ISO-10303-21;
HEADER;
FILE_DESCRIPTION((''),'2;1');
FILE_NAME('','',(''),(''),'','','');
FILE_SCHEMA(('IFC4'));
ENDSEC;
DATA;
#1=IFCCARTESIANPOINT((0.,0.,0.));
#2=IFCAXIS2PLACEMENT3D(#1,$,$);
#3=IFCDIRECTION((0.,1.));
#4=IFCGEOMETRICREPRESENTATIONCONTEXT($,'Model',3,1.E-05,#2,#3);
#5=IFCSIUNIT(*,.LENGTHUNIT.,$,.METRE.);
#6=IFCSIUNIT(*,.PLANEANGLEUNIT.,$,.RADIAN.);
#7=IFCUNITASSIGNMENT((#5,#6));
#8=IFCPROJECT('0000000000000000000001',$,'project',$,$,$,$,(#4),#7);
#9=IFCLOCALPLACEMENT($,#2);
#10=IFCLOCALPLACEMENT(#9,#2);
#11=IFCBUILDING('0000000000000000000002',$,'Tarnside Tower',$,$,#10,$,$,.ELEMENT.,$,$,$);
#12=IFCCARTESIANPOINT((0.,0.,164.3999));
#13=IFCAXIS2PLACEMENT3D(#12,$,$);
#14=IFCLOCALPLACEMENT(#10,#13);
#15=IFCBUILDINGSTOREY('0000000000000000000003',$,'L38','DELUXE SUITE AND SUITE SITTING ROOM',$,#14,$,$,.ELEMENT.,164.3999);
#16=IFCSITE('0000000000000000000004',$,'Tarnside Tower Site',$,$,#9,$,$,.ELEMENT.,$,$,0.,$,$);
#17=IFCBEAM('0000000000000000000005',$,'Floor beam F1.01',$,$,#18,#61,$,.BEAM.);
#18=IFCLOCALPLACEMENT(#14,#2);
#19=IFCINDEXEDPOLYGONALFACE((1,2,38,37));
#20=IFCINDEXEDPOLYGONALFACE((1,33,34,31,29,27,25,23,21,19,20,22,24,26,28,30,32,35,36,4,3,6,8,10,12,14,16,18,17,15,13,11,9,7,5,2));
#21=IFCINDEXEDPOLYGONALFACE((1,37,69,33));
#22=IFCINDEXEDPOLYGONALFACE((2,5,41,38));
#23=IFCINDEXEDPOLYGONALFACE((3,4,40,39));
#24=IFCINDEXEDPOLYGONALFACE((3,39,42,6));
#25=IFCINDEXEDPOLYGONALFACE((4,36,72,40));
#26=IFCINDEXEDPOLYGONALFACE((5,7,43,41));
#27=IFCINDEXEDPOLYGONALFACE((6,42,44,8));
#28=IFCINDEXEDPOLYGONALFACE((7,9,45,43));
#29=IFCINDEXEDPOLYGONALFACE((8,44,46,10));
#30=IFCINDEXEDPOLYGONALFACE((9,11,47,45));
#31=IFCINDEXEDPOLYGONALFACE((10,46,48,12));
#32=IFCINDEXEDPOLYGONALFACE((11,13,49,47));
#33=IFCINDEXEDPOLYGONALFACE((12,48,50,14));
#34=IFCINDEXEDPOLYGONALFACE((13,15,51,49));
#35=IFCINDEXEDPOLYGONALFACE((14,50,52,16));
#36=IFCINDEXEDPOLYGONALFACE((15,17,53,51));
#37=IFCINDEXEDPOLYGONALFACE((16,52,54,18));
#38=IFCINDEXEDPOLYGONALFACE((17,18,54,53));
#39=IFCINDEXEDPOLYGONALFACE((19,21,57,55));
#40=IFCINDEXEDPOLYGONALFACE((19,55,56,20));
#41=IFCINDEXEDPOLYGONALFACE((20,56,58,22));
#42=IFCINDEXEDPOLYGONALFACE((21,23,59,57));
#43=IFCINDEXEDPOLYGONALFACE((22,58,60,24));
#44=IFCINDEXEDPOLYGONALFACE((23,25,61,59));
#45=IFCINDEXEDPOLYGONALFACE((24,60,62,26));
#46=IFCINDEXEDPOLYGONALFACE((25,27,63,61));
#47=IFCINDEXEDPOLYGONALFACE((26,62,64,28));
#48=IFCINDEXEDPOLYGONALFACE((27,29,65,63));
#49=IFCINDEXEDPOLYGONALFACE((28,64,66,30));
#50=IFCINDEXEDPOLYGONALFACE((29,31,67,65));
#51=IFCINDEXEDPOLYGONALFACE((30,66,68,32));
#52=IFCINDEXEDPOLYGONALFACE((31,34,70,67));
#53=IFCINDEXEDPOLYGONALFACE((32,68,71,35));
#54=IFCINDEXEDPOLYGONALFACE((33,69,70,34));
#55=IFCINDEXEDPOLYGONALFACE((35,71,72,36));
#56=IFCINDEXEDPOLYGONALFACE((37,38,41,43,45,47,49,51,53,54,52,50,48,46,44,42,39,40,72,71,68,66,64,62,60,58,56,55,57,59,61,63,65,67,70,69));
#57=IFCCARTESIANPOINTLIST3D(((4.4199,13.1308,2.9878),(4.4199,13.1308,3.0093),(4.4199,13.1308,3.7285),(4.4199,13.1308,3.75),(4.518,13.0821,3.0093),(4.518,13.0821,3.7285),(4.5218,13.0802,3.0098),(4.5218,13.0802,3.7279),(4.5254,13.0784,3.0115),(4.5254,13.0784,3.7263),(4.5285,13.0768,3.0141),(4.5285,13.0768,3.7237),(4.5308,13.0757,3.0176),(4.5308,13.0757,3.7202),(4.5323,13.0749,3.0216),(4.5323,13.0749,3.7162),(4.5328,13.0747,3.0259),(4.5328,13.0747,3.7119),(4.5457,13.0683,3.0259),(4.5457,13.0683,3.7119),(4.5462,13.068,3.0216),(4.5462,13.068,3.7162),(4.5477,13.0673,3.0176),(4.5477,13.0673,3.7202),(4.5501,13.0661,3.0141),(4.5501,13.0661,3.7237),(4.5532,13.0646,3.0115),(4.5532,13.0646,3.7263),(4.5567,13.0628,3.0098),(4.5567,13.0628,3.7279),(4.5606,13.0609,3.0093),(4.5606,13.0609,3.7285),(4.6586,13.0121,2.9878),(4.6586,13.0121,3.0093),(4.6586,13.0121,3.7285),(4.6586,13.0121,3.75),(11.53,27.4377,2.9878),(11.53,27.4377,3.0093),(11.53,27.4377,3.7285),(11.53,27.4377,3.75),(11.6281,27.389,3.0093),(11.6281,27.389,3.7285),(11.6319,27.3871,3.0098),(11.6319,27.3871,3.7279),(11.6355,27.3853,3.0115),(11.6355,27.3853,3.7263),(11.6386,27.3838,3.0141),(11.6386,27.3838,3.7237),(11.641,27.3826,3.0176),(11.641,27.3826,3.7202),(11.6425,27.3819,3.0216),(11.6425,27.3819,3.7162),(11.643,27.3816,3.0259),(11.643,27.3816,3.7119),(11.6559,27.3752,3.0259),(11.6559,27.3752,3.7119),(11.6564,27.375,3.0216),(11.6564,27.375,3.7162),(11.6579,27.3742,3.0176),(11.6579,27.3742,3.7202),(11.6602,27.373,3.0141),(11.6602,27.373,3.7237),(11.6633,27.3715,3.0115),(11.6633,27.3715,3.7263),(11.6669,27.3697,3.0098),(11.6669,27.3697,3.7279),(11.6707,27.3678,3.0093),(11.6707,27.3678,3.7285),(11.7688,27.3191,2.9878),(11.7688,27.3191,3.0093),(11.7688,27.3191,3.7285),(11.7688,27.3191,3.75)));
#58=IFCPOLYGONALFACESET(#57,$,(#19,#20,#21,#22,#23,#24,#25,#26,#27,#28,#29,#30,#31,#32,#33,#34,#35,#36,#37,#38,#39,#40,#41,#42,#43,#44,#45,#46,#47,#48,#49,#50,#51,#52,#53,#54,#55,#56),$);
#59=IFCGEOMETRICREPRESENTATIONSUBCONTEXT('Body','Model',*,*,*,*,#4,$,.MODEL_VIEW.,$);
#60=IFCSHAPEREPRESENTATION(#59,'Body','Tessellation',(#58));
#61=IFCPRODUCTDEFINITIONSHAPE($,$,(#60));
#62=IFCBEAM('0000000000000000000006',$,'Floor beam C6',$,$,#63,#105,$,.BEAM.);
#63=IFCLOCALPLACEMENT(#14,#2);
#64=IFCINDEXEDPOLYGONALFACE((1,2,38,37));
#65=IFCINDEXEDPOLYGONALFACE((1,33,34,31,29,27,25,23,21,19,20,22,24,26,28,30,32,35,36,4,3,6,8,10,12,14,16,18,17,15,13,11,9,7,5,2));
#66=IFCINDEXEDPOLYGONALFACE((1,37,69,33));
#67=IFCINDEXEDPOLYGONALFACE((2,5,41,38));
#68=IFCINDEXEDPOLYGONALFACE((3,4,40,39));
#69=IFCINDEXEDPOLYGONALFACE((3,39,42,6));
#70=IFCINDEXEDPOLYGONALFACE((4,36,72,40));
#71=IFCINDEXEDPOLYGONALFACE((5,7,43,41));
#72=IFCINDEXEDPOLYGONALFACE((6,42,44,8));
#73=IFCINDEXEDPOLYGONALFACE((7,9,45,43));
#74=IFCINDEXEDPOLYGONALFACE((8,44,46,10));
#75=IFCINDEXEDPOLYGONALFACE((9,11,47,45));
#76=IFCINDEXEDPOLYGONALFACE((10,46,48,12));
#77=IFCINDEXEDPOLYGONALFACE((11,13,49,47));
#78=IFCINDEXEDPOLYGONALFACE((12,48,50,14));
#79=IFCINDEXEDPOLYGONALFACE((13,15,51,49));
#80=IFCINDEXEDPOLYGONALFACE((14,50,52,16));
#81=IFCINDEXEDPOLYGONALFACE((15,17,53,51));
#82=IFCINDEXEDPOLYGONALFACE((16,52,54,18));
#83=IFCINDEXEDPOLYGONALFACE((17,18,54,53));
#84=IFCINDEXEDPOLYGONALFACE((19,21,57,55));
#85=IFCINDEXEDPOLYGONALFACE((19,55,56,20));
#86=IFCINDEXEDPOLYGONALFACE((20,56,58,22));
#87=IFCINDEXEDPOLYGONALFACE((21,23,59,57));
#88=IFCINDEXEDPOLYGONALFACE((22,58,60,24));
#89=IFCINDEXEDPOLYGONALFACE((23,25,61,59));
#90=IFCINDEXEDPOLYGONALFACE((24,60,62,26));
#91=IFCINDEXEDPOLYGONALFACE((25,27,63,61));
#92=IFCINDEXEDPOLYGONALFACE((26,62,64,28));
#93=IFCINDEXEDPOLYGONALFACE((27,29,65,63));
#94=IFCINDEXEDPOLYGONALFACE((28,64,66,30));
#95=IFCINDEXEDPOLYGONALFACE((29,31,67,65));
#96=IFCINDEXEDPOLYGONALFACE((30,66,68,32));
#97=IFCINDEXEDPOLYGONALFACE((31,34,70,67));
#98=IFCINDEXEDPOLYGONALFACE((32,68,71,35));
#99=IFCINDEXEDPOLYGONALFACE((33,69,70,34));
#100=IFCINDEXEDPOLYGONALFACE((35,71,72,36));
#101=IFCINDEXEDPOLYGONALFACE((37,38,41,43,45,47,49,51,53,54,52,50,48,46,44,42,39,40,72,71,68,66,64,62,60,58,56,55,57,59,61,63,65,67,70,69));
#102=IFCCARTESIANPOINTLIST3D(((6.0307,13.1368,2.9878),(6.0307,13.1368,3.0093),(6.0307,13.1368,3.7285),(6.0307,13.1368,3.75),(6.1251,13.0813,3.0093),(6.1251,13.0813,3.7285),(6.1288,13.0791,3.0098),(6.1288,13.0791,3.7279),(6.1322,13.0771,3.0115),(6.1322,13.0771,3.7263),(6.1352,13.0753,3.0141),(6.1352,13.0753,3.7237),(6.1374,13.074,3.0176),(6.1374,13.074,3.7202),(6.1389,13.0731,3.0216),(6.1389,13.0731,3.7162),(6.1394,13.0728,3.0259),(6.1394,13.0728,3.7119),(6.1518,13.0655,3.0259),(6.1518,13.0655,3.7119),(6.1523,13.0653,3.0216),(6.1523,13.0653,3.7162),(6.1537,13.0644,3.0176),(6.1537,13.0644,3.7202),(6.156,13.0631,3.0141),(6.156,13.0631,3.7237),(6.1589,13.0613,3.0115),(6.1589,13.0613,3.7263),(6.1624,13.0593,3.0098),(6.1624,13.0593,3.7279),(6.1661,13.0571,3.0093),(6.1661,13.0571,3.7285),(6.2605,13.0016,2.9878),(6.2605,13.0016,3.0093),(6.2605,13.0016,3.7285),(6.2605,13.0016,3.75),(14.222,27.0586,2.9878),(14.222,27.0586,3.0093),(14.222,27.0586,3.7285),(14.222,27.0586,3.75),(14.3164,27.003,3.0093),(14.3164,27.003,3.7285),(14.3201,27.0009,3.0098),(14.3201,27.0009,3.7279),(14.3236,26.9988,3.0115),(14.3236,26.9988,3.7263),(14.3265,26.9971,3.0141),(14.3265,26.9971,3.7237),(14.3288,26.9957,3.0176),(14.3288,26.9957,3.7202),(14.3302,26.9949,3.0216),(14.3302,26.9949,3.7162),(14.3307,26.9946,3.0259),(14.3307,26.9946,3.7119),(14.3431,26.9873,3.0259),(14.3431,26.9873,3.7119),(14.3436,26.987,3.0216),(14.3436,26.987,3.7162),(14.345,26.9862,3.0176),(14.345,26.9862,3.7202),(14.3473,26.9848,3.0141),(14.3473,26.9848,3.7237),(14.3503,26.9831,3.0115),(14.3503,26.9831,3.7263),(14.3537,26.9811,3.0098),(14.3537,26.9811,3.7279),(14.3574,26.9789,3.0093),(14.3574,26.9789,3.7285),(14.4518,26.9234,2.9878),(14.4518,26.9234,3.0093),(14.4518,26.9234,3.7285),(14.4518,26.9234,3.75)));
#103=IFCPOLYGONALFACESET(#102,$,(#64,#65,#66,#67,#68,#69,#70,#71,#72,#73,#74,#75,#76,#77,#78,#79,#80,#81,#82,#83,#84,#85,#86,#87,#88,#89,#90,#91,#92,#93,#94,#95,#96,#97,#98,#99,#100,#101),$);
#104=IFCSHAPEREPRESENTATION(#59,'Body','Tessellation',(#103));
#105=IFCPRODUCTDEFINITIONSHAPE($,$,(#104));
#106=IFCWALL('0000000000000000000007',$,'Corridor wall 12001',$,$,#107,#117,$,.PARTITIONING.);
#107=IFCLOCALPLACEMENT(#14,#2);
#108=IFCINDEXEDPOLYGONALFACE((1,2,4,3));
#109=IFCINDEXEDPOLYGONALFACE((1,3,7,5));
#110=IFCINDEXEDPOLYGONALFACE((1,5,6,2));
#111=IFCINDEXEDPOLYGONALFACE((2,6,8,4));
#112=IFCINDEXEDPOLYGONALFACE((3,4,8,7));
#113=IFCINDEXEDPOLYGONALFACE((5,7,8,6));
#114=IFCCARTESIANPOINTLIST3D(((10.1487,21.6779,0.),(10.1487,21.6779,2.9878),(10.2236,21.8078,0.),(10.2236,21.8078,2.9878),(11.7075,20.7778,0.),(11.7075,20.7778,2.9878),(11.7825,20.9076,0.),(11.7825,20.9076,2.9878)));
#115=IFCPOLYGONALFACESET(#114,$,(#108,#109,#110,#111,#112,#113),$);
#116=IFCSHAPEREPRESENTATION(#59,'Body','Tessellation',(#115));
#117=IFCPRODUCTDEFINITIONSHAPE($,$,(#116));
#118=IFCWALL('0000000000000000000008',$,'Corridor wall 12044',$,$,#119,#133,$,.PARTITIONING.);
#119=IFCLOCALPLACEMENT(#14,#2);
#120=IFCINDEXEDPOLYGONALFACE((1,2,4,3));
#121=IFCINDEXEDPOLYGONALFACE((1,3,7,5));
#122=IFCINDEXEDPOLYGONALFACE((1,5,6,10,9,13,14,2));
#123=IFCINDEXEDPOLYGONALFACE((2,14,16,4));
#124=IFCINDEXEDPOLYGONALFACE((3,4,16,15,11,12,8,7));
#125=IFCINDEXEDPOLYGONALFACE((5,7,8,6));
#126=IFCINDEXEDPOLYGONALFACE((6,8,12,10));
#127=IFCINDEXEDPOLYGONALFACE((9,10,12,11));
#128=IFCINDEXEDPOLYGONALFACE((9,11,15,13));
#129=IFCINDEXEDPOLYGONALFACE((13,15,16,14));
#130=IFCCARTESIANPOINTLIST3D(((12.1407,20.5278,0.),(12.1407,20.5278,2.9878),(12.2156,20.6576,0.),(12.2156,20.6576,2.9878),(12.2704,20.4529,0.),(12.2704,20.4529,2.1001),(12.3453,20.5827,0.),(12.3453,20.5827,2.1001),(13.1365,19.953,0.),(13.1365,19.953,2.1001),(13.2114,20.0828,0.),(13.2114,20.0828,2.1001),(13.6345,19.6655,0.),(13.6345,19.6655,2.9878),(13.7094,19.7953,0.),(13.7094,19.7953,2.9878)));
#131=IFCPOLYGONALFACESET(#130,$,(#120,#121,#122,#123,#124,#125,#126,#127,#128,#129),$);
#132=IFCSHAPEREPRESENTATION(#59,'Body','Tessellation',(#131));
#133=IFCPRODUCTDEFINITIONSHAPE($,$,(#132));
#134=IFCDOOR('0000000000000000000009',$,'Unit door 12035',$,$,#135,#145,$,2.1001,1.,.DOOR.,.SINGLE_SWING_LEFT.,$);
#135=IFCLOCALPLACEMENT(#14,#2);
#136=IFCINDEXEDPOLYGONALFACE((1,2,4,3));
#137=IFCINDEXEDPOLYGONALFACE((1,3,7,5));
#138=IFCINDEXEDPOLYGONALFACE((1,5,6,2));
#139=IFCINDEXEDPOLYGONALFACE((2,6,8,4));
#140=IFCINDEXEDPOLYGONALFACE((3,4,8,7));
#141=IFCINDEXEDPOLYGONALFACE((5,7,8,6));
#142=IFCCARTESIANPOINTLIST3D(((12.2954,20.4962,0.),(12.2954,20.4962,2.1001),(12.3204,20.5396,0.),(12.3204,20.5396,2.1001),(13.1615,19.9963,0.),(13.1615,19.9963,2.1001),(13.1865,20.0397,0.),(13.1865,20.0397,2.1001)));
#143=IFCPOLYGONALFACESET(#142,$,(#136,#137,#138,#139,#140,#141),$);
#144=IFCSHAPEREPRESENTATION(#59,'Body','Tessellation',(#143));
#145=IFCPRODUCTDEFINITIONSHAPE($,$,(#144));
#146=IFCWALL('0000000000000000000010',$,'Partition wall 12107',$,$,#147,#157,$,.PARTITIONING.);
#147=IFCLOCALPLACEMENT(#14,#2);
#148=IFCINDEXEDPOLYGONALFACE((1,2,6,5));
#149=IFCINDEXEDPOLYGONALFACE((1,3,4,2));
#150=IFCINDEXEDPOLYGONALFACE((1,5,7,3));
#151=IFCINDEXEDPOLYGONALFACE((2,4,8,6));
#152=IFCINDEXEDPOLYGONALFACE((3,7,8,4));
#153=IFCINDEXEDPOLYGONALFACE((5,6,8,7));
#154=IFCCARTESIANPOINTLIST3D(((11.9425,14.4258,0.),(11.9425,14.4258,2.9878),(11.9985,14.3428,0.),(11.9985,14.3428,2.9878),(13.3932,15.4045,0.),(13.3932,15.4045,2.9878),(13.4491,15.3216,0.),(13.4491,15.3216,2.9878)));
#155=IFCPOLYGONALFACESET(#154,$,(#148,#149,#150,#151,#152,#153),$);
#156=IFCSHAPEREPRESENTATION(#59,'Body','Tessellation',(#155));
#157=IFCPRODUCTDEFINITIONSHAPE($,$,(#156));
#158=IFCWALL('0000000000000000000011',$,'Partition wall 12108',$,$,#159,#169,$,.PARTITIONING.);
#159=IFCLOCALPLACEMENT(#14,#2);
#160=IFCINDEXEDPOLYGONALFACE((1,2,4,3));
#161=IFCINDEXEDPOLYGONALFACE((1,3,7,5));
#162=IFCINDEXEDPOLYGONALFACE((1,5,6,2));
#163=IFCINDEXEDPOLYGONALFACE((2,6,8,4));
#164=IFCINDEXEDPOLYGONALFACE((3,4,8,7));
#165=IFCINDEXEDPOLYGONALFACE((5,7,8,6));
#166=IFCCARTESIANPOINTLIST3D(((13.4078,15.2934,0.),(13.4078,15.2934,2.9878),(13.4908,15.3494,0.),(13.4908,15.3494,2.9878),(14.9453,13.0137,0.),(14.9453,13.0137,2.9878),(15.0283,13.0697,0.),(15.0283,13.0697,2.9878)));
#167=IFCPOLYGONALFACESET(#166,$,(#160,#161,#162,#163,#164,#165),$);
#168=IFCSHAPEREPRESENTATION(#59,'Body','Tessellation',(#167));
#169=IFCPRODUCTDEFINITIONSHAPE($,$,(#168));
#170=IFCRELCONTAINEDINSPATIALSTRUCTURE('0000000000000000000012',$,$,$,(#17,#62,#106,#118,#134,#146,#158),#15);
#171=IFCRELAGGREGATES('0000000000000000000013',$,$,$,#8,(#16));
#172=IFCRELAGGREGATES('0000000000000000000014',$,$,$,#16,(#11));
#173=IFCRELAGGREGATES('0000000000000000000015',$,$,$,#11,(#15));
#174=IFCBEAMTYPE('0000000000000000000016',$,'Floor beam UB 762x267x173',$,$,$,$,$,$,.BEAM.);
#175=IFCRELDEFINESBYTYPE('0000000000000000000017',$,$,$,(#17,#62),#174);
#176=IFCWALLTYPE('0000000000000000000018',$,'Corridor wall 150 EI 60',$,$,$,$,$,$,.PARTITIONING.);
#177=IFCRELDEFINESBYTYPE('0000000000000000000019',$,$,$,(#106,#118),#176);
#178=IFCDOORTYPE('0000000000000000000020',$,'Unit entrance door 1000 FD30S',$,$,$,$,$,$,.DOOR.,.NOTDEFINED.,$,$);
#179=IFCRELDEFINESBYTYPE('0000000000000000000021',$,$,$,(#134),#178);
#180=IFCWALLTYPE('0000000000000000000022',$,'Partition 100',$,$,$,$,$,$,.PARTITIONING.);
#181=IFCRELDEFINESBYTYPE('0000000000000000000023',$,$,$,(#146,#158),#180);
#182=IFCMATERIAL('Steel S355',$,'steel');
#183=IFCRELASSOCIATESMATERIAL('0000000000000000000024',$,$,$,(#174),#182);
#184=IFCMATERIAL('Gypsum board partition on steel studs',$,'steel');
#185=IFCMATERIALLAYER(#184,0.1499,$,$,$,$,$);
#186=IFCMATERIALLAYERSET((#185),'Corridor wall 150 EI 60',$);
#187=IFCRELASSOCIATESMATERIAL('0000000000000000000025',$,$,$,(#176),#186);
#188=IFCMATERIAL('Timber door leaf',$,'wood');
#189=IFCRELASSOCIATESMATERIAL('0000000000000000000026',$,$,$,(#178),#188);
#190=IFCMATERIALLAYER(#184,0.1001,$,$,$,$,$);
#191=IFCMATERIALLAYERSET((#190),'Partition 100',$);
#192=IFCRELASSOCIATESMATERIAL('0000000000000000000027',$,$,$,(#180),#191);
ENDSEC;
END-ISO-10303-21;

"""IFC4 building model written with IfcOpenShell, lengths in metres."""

from ifc_helpers import new_model, si_unit, direction, frame, frame_2d, origin, origin_2d, place, context, subcontext, project, spatial, rectangle, i_section, extrude, material, layer, layer_set, material_profile, profile_set, type_object, element, fill, save


model = new_model("IFC4")

# Units and contexts
model_context = context("Model", 3, precision=1e-05, world=origin(), true_north=direction((0.0, 1.0)))
body_context = subcontext(model_context, "Body", "Model", "MODEL_VIEW")
ifc_project = project(units=[si_unit("LENGTHUNIT", "METRE"), si_unit("PLANEANGLEUNIT", "RADIAN")], contexts=[model_context])

# Site, building, storey
site_placement = place(None, origin())
site = spatial("IfcSite", under=ifc_project, at=site_placement, Name="Tarnside Tower Site", CompositionType="ELEMENT", RefElevation=0.0)
building_placement = place(site_placement, origin())
building = spatial("IfcBuilding", under=site, at=building_placement, Name="Tarnside Tower", CompositionType="ELEMENT")
storey_placement = place(building_placement, frame((0.0, 0.0, 164.3999)))
storey = spatial("IfcBuildingStorey", under=building, at=storey_placement, Name="L38", Description="DELUXE SUITE AND SUITE SITTING ROOM", CompositionType="ELEMENT", Elevation=164.3999)

# Beams
ifc_material_1 = material(Name="Steel S355", Category="steel")
ifc_material_profile = material_profile(ifc_material_1, i_section(OverallWidth=0.2666, OverallDepth=0.7622, WebThickness=0.0144, FlangeThickness=0.0215, FilletRadius=0.0166, at=origin_2d()), Name="UB 762x267x173")
ifc_profile_set = profile_set([ifc_material_profile], Name="Steel S355")
beam_type = type_object("IfcBeamType", Name="Floor beam UB 762x267x173", PredefinedType="BEAM", material=ifc_profile_set)
beam_1_placement = place(storey_placement, frame((11.6494, 27.3784, 3.3689), z_axis=(-0.445042, -0.89551, 0.0), x_axis=(0.89551, -0.445042, 0.0)))
element("IfcBeam", 1, at=beam_1_placement, inside=storey, type_object=beam_type, Name="Floor beam F1.01", PredefinedType="BEAM", context=body_context, shape_type="SweptSolid", body=[
    extrude(i_section(OverallWidth=0.2666, OverallDepth=0.7622, WebThickness=0.0144, FlangeThickness=0.0215, FilletRadius=0.0166, at=origin_2d()), origin(), (0.0, 0.0, 1.0), 15.9763),
])
beam_2_placement = place(storey_placement, frame((14.3369, 26.991, 3.3689), z_axis=(-0.507115, -0.861878, 0.0), x_axis=(0.861878, -0.507115, 0.0)))
element("IfcBeam", 2, at=beam_2_placement, inside=storey, type_object=beam_type, Name="Floor beam C6", PredefinedType="BEAM", context=body_context, shape_type="SweptSolid", body=[
    extrude(i_section(OverallWidth=0.2666, OverallDepth=0.7622, WebThickness=0.0144, FlangeThickness=0.0215, FilletRadius=0.0166, at=origin_2d()), origin(), (0.0, 0.0, 1.0), 16.1528),
])

# Wall
ifc_material_2 = material(Name="Gypsum board partition on steel studs", Category="steel")
ifc_layer_1 = layer(ifc_material_2, 0.1499)
ifc_layer_set_1 = layer_set([ifc_layer_1], Name="Corridor wall 150 EI 60")
wall_type_1 = type_object("IfcWallType", Name="Corridor wall 150 EI 60", PredefinedType="PARTITIONING", material=ifc_layer_set_1)
wall_1_placement = place(storey_placement, frame((11.7449, 20.8428, 0.0), z_axis=(0.0, 0.0, 1.0), x_axis=(-0.865989, 0.500063, 0.0)))
element("IfcWall", 3, at=wall_1_placement, inside=storey, type_object=wall_type_1, Name="Corridor wall 12001", PredefinedType="PARTITIONING", context=body_context, shape_type="SweptSolid", body=[
    extrude(rectangle(XDim=1.8, YDim=0.1499, at=frame_2d((0.8999, 0.0))), origin(), (0.0, 0.0, 1.0), 2.9878),
])

# Wall, opening, door
wall_2_placement = place(storey_placement, frame((13.6719, 19.7305, 0.0), z_axis=(0.0, 0.0, 1.0), x_axis=(-0.866075, 0.499914, 0.0)))
wall_2 = element("IfcWall", 4, at=wall_2_placement, inside=storey, type_object=wall_type_1, Name="Corridor wall 12044", PredefinedType="PARTITIONING", context=body_context, shape_type="SweptSolid", body=[
    extrude(rectangle(XDim=1.7249, YDim=0.1499, at=frame_2d((0.8623, 0.0))), origin(), (0.0, 0.0, 1.0), 2.9878),
])
opening_1_placement = place(wall_2_placement, frame((0.575, 0.0, 0.0)))
opening_1 = element("IfcOpeningElement", 5, at=opening_1_placement, cuts=wall_2, PredefinedType="OPENING", context=body_context, shape_type="SweptSolid", body=[
    extrude(rectangle(XDim=1.0, YDim=2.1001, at=frame_2d((0.5, 1.05))), frame((0.0, 0.085, 0.0), z_axis=(0.0, -1.0, 0.0), x_axis=(1.0, 0.0, 0.0)), (0.0, 0.0, 1.0), 0.1699),
])
ifc_material_3 = material(Name="Timber door leaf", Category="wood")
door_type = type_object("IfcDoorType", Name="Unit entrance door 1000 FD30S", OperationType="NOTDEFINED", PredefinedType="DOOR", material=ifc_material_3)
door_placement = place(opening_1_placement, origin())
door = element("IfcDoor", 6, at=door_placement, inside=storey, type_object=door_type, Name="Unit door 12035", OperationType="SINGLE_SWING_LEFT", OverallHeight=2.1001, OverallWidth=1.0, PredefinedType="DOOR", context=body_context, shape_type="SweptSolid", body=[
    extrude(rectangle(XDim=1.0, YDim=2.1001, at=frame_2d((0.5, 1.05))), frame((0.0, 0.0249, 0.0), z_axis=(0.0, -1.0, 0.0), x_axis=(1.0, 0.0, 0.0)), (0.0, 0.0, 1.0), 0.05),
])
fill(opening_1, door)

# Walls
ifc_layer_2 = layer(ifc_material_2, 0.1001)
ifc_layer_set_2 = layer_set([ifc_layer_2], Name="Partition 100")
wall_type_2 = type_object("IfcWallType", Name="Partition 100", PredefinedType="PARTITIONING", material=ifc_layer_set_2)
wall_3_placement = place(storey_placement, frame((11.9705, 14.3843, 0.0), z_axis=(0.0, 0.0, 1.0), x_axis=(0.828968, 0.559296, 0.0)))
element("IfcWall", 7, at=wall_3_placement, inside=storey, type_object=wall_type_2, Name="Partition wall 12107", PredefinedType="PARTITIONING", context=body_context, shape_type="SweptSolid", body=[
    extrude(rectangle(XDim=1.75, YDim=0.1001, at=frame_2d((0.875, 0.0))), origin(), (0.0, 0.0, 1.0), 2.9878),
])
wall_4_placement = place(storey_placement, frame((13.4492, 15.3215, 0.0), z_axis=(0.0, 0.0, 1.0), x_axis=(0.559159, -0.829061, 0.0)))
element("IfcWall", 8, at=wall_4_placement, inside=storey, type_object=wall_type_2, Name="Partition wall 12108", PredefinedType="PARTITIONING", context=body_context, shape_type="SweptSolid", body=[
    extrude(rectangle(XDim=2.7498, YDim=0.1001, at=frame_2d((1.375, 0.0))), origin(), (0.0, 0.0, 1.0), 2.9878),
])

save(model, "model.ifc")
